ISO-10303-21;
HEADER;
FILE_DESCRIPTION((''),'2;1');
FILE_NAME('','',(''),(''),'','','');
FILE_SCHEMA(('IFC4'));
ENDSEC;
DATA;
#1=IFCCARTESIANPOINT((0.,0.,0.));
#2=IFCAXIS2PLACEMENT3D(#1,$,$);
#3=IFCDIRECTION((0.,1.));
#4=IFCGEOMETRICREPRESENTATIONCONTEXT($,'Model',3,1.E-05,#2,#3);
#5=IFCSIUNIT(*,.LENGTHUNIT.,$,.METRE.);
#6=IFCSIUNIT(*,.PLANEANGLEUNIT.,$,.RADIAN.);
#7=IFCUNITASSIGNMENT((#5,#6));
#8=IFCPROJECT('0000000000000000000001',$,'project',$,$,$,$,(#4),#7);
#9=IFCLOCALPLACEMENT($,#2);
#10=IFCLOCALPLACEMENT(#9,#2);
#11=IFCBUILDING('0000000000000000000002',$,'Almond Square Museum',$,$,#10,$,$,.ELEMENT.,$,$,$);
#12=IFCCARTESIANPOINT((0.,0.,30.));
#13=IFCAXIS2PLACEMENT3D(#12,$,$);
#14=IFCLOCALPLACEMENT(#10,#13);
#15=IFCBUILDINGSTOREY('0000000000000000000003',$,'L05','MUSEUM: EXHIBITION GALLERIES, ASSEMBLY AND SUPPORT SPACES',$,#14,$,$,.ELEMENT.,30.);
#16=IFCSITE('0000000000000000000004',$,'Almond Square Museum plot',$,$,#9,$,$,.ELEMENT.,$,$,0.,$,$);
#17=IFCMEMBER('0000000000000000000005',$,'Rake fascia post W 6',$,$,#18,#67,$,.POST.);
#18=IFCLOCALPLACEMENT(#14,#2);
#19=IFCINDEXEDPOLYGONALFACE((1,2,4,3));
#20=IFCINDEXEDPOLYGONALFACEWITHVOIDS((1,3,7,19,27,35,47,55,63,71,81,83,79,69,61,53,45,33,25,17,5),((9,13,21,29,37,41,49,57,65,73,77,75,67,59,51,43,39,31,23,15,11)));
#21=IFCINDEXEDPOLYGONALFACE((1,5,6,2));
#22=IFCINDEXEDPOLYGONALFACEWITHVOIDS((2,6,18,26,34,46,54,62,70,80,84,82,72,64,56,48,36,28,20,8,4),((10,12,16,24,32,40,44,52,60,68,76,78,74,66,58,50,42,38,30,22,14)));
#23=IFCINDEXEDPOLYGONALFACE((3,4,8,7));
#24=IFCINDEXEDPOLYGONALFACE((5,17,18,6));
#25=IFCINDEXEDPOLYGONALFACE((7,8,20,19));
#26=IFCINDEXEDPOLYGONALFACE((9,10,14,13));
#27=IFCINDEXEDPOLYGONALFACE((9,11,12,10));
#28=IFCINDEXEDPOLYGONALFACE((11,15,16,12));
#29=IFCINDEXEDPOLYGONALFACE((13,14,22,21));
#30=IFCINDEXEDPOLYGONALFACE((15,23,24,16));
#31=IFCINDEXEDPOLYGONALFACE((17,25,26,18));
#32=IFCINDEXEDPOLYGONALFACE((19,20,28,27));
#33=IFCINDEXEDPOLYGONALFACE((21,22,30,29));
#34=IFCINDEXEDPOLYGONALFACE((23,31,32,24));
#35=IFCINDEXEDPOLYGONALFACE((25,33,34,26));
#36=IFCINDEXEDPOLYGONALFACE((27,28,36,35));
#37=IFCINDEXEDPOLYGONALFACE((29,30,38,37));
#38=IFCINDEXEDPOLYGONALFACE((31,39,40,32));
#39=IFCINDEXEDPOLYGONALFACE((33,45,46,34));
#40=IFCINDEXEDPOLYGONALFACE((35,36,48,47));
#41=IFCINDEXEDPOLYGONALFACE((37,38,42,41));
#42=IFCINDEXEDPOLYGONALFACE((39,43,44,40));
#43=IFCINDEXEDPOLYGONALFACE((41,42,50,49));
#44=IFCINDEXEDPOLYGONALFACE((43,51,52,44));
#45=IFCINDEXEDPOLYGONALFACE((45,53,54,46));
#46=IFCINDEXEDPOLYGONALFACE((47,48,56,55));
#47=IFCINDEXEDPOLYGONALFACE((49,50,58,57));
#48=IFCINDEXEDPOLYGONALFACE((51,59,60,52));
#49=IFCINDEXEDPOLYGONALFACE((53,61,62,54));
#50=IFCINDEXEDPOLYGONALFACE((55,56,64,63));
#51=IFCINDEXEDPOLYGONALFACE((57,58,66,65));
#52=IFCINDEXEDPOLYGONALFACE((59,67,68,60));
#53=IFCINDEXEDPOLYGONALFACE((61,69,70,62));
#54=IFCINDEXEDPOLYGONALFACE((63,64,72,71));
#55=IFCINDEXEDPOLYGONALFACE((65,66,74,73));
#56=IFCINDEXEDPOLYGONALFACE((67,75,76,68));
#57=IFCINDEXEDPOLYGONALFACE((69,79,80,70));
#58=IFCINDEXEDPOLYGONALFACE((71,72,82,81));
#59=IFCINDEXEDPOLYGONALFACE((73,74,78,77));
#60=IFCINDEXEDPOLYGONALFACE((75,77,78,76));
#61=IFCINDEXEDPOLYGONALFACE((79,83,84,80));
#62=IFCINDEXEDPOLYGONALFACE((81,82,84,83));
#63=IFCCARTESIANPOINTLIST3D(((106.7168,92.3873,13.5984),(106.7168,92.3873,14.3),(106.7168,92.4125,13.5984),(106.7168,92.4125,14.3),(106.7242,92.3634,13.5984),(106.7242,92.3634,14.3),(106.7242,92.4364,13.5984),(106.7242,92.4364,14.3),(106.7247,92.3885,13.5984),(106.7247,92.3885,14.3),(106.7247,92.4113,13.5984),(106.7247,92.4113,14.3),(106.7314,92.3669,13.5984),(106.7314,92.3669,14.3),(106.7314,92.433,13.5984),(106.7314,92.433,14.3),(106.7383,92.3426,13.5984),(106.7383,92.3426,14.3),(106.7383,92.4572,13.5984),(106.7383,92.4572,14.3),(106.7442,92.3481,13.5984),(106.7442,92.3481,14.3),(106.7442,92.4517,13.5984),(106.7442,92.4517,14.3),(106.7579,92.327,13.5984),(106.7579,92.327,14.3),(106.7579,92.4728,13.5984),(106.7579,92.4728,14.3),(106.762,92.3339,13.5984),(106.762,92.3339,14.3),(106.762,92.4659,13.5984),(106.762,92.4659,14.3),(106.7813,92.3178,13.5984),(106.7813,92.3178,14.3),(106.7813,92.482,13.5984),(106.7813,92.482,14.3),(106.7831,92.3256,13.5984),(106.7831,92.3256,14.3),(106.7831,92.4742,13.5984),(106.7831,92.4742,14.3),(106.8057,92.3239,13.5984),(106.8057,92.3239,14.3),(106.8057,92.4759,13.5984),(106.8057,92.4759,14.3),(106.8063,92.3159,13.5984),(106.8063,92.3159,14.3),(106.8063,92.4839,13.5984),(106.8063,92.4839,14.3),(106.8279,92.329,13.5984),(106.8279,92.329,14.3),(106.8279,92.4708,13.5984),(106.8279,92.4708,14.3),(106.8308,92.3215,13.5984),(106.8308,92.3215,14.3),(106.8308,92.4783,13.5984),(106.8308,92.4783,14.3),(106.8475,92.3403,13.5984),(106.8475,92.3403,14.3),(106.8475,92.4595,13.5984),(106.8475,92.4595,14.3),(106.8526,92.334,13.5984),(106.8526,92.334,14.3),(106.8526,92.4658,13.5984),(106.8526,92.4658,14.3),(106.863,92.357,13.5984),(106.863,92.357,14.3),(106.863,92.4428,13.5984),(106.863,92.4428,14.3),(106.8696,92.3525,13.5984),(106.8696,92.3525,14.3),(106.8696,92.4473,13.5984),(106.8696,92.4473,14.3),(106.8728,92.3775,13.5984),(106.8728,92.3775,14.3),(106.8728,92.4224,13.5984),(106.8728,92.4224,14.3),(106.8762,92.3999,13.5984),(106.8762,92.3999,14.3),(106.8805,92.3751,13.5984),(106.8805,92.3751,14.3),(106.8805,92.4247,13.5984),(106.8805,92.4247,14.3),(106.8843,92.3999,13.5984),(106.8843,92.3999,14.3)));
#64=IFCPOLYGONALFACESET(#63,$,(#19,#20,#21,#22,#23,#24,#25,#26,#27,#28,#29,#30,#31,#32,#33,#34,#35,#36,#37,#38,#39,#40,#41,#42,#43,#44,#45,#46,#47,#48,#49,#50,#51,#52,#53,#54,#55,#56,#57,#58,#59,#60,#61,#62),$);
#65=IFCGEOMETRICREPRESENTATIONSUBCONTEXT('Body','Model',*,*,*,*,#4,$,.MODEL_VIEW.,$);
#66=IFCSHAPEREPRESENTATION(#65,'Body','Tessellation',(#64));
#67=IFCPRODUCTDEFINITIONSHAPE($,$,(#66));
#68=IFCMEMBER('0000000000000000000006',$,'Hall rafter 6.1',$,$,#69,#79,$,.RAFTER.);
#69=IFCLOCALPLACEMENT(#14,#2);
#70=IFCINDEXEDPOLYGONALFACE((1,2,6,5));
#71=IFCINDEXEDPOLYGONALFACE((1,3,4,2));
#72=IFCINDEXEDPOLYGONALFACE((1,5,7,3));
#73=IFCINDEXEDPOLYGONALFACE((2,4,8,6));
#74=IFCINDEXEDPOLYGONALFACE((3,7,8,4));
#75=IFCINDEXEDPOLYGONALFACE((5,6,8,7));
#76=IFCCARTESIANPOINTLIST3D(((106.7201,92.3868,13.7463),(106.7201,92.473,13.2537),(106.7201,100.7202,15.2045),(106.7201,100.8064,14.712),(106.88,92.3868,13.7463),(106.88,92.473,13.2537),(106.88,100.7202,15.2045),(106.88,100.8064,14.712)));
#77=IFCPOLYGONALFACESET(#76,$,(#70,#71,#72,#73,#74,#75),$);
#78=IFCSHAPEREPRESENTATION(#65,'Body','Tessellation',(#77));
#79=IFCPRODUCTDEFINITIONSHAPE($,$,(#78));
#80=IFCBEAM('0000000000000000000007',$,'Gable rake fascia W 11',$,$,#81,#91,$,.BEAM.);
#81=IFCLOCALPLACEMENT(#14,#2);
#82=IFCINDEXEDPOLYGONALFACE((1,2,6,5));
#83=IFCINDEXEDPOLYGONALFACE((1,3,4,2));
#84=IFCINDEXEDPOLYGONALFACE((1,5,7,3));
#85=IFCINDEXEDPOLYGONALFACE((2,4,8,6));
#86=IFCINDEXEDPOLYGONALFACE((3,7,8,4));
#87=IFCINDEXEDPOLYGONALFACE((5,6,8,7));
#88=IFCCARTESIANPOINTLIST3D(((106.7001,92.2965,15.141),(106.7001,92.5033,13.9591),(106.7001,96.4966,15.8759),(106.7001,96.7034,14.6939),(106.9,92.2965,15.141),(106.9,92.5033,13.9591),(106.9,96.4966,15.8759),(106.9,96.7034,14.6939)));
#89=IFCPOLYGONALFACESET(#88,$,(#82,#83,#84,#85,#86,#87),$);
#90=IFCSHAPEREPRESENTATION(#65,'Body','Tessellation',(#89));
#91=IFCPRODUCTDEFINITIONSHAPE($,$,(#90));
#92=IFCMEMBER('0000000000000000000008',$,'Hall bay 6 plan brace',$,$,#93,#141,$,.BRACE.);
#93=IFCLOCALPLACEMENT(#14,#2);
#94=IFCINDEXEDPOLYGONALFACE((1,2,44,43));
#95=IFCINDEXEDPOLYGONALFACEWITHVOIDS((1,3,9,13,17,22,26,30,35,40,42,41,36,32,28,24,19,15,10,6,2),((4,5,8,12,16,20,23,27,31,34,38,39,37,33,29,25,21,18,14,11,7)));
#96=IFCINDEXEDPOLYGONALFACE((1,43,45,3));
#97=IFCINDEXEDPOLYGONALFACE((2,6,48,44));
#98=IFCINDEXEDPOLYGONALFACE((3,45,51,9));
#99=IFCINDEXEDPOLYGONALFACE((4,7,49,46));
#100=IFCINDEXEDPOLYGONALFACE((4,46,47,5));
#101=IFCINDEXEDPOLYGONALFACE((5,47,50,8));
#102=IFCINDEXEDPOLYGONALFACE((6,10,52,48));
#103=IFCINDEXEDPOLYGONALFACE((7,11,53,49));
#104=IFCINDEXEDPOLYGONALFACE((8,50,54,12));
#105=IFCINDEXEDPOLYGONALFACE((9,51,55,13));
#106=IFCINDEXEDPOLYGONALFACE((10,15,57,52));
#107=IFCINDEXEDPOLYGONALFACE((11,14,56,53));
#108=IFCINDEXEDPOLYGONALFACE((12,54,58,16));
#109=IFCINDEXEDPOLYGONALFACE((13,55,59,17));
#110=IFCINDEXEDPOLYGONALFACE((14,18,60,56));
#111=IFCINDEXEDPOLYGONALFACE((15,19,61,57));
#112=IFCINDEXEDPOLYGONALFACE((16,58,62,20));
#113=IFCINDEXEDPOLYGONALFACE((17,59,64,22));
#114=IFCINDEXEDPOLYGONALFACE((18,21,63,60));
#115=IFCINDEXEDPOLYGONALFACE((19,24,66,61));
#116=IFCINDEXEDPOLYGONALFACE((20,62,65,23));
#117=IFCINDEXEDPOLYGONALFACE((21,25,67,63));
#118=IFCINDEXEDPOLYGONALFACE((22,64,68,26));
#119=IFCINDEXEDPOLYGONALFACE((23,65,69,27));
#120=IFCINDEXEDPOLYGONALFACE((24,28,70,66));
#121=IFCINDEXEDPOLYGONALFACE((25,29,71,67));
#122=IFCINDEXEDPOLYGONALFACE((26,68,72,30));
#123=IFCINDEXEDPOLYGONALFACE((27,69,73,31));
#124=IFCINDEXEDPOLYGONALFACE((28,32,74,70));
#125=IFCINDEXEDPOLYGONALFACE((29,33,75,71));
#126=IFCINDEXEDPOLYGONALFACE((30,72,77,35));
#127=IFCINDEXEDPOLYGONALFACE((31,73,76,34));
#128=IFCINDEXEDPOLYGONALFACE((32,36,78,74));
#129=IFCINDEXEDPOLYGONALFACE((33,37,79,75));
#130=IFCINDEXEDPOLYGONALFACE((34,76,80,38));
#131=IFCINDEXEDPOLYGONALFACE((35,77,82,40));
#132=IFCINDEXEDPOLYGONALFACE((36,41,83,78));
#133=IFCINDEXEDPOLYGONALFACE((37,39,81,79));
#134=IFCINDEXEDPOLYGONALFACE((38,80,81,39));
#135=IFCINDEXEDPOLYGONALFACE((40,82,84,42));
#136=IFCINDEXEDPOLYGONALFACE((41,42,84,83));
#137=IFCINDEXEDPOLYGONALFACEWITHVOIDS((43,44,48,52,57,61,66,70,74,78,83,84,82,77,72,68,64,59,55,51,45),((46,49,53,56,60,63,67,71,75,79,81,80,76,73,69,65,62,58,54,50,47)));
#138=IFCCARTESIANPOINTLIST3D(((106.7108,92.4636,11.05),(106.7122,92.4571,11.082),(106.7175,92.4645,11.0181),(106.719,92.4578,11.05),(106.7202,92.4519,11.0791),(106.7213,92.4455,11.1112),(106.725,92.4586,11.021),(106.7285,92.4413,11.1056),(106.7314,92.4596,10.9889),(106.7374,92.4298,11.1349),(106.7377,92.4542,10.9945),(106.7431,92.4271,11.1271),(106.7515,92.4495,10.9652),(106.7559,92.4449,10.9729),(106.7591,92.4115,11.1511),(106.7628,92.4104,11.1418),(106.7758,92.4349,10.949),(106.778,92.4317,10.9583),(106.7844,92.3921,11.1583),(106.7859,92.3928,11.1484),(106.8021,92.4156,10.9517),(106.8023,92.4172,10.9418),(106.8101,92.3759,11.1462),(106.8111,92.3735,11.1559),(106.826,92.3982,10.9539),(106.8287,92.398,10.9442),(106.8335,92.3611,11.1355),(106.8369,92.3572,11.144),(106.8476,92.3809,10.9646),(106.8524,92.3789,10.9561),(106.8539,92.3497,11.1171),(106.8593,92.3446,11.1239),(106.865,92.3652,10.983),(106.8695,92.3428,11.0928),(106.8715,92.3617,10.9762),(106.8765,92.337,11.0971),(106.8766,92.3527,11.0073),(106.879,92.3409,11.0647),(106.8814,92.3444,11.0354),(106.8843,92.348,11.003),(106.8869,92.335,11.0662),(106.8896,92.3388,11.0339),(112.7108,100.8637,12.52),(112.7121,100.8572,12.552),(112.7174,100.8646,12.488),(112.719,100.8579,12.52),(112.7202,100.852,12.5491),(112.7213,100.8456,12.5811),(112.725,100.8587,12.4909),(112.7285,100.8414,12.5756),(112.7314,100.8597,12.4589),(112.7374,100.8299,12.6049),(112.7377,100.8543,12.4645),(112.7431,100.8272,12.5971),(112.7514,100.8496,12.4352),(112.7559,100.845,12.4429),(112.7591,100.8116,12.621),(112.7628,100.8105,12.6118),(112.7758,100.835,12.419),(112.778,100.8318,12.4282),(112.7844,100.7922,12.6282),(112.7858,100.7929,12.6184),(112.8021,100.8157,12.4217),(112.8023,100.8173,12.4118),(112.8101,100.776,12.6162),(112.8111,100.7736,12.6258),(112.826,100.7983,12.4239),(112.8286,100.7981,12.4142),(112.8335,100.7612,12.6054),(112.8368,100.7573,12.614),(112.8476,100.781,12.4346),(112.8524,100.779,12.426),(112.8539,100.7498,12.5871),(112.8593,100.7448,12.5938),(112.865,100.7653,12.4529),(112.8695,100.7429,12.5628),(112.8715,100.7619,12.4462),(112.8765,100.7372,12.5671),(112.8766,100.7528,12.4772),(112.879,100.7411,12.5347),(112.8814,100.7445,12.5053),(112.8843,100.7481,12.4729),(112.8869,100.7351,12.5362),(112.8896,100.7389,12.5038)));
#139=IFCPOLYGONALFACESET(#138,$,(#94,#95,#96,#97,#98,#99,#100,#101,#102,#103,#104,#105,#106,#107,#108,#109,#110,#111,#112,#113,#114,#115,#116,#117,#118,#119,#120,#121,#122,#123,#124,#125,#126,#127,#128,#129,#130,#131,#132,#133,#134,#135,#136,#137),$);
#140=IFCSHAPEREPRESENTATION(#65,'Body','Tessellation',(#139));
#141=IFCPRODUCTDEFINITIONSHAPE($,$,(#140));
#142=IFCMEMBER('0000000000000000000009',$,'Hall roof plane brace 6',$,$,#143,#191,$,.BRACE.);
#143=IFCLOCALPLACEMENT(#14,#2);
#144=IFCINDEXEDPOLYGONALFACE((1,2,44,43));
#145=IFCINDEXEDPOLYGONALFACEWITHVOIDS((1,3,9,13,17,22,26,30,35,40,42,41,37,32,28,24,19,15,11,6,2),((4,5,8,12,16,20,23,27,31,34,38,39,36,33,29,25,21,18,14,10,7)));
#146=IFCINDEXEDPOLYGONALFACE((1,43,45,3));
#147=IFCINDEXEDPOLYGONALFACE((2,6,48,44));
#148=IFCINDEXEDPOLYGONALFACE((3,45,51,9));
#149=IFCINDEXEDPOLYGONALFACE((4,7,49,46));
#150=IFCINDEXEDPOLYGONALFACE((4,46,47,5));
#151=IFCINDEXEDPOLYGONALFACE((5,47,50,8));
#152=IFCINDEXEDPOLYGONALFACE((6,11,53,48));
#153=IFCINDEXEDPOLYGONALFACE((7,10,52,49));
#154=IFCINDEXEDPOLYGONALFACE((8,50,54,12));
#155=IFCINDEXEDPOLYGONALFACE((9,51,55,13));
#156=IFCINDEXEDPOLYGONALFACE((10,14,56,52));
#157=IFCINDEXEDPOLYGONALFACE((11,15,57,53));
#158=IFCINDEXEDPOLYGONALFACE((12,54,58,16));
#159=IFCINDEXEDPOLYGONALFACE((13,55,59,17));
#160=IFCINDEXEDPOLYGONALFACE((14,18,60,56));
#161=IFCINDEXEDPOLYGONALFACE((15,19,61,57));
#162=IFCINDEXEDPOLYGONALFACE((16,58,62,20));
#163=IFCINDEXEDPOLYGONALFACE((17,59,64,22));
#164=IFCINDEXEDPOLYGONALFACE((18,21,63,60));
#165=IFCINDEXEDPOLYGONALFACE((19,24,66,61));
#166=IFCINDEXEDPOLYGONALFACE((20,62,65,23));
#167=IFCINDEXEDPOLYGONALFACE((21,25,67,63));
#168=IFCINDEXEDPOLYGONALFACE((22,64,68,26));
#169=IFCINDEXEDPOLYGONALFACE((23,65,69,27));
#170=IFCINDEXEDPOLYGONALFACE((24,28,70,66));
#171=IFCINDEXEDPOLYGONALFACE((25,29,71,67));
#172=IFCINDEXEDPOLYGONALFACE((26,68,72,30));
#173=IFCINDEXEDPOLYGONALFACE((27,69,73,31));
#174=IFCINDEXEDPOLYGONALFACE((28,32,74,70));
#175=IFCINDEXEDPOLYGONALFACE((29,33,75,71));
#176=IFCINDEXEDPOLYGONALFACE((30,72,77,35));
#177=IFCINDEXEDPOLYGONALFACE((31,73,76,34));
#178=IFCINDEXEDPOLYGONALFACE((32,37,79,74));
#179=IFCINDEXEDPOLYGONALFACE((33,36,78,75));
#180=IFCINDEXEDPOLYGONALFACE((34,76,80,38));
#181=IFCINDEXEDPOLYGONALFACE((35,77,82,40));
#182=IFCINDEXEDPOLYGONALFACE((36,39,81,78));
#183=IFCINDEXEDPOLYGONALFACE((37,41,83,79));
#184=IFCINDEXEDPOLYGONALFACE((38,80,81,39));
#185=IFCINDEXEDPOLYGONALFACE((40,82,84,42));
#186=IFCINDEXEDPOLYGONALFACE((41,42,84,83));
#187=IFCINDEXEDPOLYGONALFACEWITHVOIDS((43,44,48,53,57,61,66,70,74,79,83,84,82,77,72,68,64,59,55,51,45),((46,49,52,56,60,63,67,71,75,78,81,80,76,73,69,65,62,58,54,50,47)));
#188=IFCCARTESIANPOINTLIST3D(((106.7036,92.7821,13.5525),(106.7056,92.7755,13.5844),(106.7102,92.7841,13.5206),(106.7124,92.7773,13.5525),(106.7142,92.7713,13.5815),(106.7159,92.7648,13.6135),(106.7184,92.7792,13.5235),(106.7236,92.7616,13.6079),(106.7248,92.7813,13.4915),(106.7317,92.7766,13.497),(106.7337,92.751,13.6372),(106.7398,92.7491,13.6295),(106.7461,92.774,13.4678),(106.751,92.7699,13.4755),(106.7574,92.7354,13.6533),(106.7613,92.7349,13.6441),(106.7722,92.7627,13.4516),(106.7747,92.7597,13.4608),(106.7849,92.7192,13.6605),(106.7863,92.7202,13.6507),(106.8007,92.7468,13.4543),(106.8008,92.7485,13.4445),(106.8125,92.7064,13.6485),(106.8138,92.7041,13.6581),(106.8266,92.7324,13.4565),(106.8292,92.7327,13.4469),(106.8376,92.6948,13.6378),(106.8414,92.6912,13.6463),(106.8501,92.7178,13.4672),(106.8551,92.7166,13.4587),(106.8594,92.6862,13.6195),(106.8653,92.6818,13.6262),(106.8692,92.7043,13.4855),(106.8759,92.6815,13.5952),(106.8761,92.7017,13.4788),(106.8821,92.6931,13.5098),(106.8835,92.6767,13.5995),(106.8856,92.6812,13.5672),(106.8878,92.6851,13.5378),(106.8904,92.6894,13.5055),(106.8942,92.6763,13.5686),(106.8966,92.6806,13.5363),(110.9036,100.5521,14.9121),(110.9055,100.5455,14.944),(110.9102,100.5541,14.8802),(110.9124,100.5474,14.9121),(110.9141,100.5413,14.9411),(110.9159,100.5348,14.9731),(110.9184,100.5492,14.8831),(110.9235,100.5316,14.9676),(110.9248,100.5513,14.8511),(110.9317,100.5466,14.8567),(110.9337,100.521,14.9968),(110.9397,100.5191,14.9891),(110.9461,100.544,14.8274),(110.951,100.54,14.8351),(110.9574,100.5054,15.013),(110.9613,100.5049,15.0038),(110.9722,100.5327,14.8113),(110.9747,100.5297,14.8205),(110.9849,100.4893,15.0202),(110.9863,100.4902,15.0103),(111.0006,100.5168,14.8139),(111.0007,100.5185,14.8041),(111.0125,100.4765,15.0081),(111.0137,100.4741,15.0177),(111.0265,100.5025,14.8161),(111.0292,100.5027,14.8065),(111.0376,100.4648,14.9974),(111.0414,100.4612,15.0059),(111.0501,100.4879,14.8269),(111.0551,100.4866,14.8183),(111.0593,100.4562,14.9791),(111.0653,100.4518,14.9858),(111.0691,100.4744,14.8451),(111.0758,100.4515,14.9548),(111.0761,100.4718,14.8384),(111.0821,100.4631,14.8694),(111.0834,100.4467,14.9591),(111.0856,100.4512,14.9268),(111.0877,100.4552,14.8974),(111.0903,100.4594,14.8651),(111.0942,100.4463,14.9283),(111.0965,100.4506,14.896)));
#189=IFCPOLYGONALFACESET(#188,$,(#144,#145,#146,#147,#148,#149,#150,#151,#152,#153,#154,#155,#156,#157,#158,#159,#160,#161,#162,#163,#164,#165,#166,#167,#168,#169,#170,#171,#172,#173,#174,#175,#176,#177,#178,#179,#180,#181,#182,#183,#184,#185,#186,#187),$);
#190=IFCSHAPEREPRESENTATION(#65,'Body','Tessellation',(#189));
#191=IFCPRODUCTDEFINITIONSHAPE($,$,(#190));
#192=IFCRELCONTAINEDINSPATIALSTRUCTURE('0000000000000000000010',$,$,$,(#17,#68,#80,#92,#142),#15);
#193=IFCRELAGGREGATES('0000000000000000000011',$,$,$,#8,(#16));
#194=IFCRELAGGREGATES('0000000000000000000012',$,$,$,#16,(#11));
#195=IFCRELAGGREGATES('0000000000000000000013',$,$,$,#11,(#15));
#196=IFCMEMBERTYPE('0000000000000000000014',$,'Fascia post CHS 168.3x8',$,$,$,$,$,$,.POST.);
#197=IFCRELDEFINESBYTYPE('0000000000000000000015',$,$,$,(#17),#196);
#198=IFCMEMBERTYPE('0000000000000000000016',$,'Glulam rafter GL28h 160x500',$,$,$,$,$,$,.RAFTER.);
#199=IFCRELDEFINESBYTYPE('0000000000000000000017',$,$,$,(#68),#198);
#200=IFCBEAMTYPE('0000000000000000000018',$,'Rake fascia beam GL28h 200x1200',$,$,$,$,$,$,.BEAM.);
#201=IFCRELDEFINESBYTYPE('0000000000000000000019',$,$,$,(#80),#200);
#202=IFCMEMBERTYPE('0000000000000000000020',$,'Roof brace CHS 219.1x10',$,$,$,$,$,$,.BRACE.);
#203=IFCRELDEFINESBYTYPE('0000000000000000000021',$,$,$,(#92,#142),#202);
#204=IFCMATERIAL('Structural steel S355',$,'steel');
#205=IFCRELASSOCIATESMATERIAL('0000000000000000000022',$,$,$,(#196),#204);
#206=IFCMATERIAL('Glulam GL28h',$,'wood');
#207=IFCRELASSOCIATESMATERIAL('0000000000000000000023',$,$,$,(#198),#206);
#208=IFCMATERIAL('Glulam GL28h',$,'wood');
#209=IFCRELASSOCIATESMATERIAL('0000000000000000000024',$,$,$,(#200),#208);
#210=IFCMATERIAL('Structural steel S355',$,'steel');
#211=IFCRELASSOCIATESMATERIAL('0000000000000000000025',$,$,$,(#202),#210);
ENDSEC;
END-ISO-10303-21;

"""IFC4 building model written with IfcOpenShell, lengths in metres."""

from ifc_helpers import new_model, si_unit, direction, frame, origin, origin_2d, place, context, subcontext, project, spatial, rectangle, hollow_circle, extrude, material, material_profile, profile_set, type_object, element, save


model = new_model("IFC4")

# Units and contexts
model_context = context("Model", 3, precision=1e-05, world=origin(), true_north=direction((0.0, 1.0)))
body_context = subcontext(model_context, "Body", "Model", "MODEL_VIEW")
ifc_project = project(units=[si_unit("LENGTHUNIT", "METRE"), si_unit("PLANEANGLEUNIT", "RADIAN")], contexts=[model_context])

# Site, building, storey
site_placement = place(None, origin())
site = spatial("IfcSite", under=ifc_project, at=site_placement, Name="Almond Square Museum plot", CompositionType="ELEMENT", RefElevation=0.0)
building_placement = place(site_placement, origin())
building = spatial("IfcBuilding", under=site, at=building_placement, Name="Almond Square Museum", CompositionType="ELEMENT")
storey_placement = place(building_placement, frame((0.0, 0.0, 30.0)))
storey = spatial("IfcBuildingStorey", under=building, at=storey_placement, Name="L05", Description="MUSEUM: EXHIBITION GALLERIES, ASSEMBLY AND SUPPORT SPACES", CompositionType="ELEMENT", Elevation=30.0)

# Members
ifc_material_1 = material(Name="Structural steel S355", Category="steel")
ifc_material_profile_1 = material_profile(ifc_material_1, hollow_circle(Radius=0.0842, WallThickness=0.0081, at=origin_2d()))
ifc_profile_set_1 = profile_set([ifc_material_profile_1], Name="Structural steel S355")
member_type_1 = type_object("IfcMemberType", Name="Fascia post CHS 168.3x8", PredefinedType="POST", material=ifc_profile_set_1)
member_1_placement = place(storey_placement, frame((106.8, 92.3999, 13.5984), z_axis=(0.0, 0.0, 1.0), x_axis=(1.0, 0.0, 0.0)))
element("IfcMember", 1, at=member_1_placement, inside=storey, type_object=member_type_1, Name="Rake fascia post W 6", PredefinedType="POST", context=body_context, shape_type="SweptSolid", body=[
    extrude(hollow_circle(Radius=0.0842, WallThickness=0.0081, at=origin_2d()), origin(), (0.0, 0.0, 1.0), 0.7017),
])
ifc_material_2 = material(Name="Glulam GL28h", Category="wood")
ifc_material_profile_2 = material_profile(ifc_material_2, rectangle(XDim=0.1599, YDim=0.5, at=origin_2d()))
ifc_profile_set_2 = profile_set([ifc_material_profile_2], Name="Glulam GL28h")
member_type_2 = type_object("IfcMemberType", Name="Glulam rafter GL28h 160x500", PredefinedType="RAFTER", material=ifc_profile_set_2)
member_2_placement = place(storey_placement, frame((106.8, 92.4299, 13.5), z_axis=(0.0, 0.985032, 0.172373), x_axis=(-1.0, 0.0, 0.0)))
element("IfcMember", 2, at=member_2_placement, inside=storey, type_object=member_type_2, Name="Hall rafter 6.1", PredefinedType="RAFTER", context=body_context, shape_type="SweptSolid", body=[
    extrude(rectangle(XDim=0.1599, YDim=0.5, at=origin_2d()), origin(), (0.0, 0.0, 1.0), 8.46),
])

# Beam
ifc_material_3 = material(Name="Glulam GL28h", Category="wood")
ifc_material_profile_3 = material_profile(ifc_material_3, rectangle(XDim=0.2, YDim=1.2, at=origin_2d()))
ifc_profile_set_3 = profile_set([ifc_material_profile_3], Name="Glulam GL28h")
beam_type = type_object("IfcBeamType", Name="Rake fascia beam GL28h 200x1200", PredefinedType="BEAM", material=ifc_profile_set_3)
beam_placement = place(storey_placement, frame((106.8, 92.3999, 14.55), z_axis=(0.0, 0.985037, 0.172341), x_axis=(-1.0, 0.0, 0.0)))
element("IfcBeam", 3, at=beam_placement, inside=storey, type_object=beam_type, Name="Gable rake fascia W 11", PredefinedType="BEAM", context=body_context, shape_type="SweptSolid", body=[
    extrude(rectangle(XDim=0.2, YDim=1.2, at=origin_2d()), origin(), (0.0, 0.0, 1.0), 4.2639),
])

# Members
ifc_material_4 = material(Name="Structural steel S355", Category="steel")
ifc_material_profile_4 = material_profile(ifc_material_4, hollow_circle(Radius=0.1096, WallThickness=0.01, at=origin_2d()))
ifc_profile_set_4 = profile_set([ifc_material_profile_4], Name="Structural steel S355")
member_type_3 = type_object("IfcMemberType", Name="Roof brace CHS 219.1x10", PredefinedType="BRACE", material=ifc_profile_set_4)
member_3_placement = place(storey_placement, frame((106.8, 92.3999, 11.05), z_axis=(0.575427, 0.805611, 0.140977), x_axis=(-0.813738, 0.581231, 0.0)))
element("IfcMember", 4, at=member_3_placement, inside=storey, type_object=member_type_3, Name="Hall bay 6 plan brace", PredefinedType="BRACE", context=body_context, shape_type="SweptSolid", body=[
    extrude(hollow_circle(Radius=0.1096, WallThickness=0.01, at=origin_2d()), origin(), (0.0, 0.0, 1.0), 10.427),
])
member_4_placement = place(storey_placement, frame((106.8, 92.73, 13.5525), z_axis=(0.469976, 0.869468, 0.152142), x_axis=(-0.879709, 0.475512, 0.0)))
element("IfcMember", 5, at=member_4_placement, inside=storey, type_object=member_type_3, Name="Hall roof plane brace 6", PredefinedType="BRACE", context=body_context, shape_type="SweptSolid", body=[
    extrude(hollow_circle(Radius=0.1096, WallThickness=0.01, at=origin_2d()), origin(), (0.0, 0.0, 1.0), 8.9365),
])

save(model, "model.ifc")
